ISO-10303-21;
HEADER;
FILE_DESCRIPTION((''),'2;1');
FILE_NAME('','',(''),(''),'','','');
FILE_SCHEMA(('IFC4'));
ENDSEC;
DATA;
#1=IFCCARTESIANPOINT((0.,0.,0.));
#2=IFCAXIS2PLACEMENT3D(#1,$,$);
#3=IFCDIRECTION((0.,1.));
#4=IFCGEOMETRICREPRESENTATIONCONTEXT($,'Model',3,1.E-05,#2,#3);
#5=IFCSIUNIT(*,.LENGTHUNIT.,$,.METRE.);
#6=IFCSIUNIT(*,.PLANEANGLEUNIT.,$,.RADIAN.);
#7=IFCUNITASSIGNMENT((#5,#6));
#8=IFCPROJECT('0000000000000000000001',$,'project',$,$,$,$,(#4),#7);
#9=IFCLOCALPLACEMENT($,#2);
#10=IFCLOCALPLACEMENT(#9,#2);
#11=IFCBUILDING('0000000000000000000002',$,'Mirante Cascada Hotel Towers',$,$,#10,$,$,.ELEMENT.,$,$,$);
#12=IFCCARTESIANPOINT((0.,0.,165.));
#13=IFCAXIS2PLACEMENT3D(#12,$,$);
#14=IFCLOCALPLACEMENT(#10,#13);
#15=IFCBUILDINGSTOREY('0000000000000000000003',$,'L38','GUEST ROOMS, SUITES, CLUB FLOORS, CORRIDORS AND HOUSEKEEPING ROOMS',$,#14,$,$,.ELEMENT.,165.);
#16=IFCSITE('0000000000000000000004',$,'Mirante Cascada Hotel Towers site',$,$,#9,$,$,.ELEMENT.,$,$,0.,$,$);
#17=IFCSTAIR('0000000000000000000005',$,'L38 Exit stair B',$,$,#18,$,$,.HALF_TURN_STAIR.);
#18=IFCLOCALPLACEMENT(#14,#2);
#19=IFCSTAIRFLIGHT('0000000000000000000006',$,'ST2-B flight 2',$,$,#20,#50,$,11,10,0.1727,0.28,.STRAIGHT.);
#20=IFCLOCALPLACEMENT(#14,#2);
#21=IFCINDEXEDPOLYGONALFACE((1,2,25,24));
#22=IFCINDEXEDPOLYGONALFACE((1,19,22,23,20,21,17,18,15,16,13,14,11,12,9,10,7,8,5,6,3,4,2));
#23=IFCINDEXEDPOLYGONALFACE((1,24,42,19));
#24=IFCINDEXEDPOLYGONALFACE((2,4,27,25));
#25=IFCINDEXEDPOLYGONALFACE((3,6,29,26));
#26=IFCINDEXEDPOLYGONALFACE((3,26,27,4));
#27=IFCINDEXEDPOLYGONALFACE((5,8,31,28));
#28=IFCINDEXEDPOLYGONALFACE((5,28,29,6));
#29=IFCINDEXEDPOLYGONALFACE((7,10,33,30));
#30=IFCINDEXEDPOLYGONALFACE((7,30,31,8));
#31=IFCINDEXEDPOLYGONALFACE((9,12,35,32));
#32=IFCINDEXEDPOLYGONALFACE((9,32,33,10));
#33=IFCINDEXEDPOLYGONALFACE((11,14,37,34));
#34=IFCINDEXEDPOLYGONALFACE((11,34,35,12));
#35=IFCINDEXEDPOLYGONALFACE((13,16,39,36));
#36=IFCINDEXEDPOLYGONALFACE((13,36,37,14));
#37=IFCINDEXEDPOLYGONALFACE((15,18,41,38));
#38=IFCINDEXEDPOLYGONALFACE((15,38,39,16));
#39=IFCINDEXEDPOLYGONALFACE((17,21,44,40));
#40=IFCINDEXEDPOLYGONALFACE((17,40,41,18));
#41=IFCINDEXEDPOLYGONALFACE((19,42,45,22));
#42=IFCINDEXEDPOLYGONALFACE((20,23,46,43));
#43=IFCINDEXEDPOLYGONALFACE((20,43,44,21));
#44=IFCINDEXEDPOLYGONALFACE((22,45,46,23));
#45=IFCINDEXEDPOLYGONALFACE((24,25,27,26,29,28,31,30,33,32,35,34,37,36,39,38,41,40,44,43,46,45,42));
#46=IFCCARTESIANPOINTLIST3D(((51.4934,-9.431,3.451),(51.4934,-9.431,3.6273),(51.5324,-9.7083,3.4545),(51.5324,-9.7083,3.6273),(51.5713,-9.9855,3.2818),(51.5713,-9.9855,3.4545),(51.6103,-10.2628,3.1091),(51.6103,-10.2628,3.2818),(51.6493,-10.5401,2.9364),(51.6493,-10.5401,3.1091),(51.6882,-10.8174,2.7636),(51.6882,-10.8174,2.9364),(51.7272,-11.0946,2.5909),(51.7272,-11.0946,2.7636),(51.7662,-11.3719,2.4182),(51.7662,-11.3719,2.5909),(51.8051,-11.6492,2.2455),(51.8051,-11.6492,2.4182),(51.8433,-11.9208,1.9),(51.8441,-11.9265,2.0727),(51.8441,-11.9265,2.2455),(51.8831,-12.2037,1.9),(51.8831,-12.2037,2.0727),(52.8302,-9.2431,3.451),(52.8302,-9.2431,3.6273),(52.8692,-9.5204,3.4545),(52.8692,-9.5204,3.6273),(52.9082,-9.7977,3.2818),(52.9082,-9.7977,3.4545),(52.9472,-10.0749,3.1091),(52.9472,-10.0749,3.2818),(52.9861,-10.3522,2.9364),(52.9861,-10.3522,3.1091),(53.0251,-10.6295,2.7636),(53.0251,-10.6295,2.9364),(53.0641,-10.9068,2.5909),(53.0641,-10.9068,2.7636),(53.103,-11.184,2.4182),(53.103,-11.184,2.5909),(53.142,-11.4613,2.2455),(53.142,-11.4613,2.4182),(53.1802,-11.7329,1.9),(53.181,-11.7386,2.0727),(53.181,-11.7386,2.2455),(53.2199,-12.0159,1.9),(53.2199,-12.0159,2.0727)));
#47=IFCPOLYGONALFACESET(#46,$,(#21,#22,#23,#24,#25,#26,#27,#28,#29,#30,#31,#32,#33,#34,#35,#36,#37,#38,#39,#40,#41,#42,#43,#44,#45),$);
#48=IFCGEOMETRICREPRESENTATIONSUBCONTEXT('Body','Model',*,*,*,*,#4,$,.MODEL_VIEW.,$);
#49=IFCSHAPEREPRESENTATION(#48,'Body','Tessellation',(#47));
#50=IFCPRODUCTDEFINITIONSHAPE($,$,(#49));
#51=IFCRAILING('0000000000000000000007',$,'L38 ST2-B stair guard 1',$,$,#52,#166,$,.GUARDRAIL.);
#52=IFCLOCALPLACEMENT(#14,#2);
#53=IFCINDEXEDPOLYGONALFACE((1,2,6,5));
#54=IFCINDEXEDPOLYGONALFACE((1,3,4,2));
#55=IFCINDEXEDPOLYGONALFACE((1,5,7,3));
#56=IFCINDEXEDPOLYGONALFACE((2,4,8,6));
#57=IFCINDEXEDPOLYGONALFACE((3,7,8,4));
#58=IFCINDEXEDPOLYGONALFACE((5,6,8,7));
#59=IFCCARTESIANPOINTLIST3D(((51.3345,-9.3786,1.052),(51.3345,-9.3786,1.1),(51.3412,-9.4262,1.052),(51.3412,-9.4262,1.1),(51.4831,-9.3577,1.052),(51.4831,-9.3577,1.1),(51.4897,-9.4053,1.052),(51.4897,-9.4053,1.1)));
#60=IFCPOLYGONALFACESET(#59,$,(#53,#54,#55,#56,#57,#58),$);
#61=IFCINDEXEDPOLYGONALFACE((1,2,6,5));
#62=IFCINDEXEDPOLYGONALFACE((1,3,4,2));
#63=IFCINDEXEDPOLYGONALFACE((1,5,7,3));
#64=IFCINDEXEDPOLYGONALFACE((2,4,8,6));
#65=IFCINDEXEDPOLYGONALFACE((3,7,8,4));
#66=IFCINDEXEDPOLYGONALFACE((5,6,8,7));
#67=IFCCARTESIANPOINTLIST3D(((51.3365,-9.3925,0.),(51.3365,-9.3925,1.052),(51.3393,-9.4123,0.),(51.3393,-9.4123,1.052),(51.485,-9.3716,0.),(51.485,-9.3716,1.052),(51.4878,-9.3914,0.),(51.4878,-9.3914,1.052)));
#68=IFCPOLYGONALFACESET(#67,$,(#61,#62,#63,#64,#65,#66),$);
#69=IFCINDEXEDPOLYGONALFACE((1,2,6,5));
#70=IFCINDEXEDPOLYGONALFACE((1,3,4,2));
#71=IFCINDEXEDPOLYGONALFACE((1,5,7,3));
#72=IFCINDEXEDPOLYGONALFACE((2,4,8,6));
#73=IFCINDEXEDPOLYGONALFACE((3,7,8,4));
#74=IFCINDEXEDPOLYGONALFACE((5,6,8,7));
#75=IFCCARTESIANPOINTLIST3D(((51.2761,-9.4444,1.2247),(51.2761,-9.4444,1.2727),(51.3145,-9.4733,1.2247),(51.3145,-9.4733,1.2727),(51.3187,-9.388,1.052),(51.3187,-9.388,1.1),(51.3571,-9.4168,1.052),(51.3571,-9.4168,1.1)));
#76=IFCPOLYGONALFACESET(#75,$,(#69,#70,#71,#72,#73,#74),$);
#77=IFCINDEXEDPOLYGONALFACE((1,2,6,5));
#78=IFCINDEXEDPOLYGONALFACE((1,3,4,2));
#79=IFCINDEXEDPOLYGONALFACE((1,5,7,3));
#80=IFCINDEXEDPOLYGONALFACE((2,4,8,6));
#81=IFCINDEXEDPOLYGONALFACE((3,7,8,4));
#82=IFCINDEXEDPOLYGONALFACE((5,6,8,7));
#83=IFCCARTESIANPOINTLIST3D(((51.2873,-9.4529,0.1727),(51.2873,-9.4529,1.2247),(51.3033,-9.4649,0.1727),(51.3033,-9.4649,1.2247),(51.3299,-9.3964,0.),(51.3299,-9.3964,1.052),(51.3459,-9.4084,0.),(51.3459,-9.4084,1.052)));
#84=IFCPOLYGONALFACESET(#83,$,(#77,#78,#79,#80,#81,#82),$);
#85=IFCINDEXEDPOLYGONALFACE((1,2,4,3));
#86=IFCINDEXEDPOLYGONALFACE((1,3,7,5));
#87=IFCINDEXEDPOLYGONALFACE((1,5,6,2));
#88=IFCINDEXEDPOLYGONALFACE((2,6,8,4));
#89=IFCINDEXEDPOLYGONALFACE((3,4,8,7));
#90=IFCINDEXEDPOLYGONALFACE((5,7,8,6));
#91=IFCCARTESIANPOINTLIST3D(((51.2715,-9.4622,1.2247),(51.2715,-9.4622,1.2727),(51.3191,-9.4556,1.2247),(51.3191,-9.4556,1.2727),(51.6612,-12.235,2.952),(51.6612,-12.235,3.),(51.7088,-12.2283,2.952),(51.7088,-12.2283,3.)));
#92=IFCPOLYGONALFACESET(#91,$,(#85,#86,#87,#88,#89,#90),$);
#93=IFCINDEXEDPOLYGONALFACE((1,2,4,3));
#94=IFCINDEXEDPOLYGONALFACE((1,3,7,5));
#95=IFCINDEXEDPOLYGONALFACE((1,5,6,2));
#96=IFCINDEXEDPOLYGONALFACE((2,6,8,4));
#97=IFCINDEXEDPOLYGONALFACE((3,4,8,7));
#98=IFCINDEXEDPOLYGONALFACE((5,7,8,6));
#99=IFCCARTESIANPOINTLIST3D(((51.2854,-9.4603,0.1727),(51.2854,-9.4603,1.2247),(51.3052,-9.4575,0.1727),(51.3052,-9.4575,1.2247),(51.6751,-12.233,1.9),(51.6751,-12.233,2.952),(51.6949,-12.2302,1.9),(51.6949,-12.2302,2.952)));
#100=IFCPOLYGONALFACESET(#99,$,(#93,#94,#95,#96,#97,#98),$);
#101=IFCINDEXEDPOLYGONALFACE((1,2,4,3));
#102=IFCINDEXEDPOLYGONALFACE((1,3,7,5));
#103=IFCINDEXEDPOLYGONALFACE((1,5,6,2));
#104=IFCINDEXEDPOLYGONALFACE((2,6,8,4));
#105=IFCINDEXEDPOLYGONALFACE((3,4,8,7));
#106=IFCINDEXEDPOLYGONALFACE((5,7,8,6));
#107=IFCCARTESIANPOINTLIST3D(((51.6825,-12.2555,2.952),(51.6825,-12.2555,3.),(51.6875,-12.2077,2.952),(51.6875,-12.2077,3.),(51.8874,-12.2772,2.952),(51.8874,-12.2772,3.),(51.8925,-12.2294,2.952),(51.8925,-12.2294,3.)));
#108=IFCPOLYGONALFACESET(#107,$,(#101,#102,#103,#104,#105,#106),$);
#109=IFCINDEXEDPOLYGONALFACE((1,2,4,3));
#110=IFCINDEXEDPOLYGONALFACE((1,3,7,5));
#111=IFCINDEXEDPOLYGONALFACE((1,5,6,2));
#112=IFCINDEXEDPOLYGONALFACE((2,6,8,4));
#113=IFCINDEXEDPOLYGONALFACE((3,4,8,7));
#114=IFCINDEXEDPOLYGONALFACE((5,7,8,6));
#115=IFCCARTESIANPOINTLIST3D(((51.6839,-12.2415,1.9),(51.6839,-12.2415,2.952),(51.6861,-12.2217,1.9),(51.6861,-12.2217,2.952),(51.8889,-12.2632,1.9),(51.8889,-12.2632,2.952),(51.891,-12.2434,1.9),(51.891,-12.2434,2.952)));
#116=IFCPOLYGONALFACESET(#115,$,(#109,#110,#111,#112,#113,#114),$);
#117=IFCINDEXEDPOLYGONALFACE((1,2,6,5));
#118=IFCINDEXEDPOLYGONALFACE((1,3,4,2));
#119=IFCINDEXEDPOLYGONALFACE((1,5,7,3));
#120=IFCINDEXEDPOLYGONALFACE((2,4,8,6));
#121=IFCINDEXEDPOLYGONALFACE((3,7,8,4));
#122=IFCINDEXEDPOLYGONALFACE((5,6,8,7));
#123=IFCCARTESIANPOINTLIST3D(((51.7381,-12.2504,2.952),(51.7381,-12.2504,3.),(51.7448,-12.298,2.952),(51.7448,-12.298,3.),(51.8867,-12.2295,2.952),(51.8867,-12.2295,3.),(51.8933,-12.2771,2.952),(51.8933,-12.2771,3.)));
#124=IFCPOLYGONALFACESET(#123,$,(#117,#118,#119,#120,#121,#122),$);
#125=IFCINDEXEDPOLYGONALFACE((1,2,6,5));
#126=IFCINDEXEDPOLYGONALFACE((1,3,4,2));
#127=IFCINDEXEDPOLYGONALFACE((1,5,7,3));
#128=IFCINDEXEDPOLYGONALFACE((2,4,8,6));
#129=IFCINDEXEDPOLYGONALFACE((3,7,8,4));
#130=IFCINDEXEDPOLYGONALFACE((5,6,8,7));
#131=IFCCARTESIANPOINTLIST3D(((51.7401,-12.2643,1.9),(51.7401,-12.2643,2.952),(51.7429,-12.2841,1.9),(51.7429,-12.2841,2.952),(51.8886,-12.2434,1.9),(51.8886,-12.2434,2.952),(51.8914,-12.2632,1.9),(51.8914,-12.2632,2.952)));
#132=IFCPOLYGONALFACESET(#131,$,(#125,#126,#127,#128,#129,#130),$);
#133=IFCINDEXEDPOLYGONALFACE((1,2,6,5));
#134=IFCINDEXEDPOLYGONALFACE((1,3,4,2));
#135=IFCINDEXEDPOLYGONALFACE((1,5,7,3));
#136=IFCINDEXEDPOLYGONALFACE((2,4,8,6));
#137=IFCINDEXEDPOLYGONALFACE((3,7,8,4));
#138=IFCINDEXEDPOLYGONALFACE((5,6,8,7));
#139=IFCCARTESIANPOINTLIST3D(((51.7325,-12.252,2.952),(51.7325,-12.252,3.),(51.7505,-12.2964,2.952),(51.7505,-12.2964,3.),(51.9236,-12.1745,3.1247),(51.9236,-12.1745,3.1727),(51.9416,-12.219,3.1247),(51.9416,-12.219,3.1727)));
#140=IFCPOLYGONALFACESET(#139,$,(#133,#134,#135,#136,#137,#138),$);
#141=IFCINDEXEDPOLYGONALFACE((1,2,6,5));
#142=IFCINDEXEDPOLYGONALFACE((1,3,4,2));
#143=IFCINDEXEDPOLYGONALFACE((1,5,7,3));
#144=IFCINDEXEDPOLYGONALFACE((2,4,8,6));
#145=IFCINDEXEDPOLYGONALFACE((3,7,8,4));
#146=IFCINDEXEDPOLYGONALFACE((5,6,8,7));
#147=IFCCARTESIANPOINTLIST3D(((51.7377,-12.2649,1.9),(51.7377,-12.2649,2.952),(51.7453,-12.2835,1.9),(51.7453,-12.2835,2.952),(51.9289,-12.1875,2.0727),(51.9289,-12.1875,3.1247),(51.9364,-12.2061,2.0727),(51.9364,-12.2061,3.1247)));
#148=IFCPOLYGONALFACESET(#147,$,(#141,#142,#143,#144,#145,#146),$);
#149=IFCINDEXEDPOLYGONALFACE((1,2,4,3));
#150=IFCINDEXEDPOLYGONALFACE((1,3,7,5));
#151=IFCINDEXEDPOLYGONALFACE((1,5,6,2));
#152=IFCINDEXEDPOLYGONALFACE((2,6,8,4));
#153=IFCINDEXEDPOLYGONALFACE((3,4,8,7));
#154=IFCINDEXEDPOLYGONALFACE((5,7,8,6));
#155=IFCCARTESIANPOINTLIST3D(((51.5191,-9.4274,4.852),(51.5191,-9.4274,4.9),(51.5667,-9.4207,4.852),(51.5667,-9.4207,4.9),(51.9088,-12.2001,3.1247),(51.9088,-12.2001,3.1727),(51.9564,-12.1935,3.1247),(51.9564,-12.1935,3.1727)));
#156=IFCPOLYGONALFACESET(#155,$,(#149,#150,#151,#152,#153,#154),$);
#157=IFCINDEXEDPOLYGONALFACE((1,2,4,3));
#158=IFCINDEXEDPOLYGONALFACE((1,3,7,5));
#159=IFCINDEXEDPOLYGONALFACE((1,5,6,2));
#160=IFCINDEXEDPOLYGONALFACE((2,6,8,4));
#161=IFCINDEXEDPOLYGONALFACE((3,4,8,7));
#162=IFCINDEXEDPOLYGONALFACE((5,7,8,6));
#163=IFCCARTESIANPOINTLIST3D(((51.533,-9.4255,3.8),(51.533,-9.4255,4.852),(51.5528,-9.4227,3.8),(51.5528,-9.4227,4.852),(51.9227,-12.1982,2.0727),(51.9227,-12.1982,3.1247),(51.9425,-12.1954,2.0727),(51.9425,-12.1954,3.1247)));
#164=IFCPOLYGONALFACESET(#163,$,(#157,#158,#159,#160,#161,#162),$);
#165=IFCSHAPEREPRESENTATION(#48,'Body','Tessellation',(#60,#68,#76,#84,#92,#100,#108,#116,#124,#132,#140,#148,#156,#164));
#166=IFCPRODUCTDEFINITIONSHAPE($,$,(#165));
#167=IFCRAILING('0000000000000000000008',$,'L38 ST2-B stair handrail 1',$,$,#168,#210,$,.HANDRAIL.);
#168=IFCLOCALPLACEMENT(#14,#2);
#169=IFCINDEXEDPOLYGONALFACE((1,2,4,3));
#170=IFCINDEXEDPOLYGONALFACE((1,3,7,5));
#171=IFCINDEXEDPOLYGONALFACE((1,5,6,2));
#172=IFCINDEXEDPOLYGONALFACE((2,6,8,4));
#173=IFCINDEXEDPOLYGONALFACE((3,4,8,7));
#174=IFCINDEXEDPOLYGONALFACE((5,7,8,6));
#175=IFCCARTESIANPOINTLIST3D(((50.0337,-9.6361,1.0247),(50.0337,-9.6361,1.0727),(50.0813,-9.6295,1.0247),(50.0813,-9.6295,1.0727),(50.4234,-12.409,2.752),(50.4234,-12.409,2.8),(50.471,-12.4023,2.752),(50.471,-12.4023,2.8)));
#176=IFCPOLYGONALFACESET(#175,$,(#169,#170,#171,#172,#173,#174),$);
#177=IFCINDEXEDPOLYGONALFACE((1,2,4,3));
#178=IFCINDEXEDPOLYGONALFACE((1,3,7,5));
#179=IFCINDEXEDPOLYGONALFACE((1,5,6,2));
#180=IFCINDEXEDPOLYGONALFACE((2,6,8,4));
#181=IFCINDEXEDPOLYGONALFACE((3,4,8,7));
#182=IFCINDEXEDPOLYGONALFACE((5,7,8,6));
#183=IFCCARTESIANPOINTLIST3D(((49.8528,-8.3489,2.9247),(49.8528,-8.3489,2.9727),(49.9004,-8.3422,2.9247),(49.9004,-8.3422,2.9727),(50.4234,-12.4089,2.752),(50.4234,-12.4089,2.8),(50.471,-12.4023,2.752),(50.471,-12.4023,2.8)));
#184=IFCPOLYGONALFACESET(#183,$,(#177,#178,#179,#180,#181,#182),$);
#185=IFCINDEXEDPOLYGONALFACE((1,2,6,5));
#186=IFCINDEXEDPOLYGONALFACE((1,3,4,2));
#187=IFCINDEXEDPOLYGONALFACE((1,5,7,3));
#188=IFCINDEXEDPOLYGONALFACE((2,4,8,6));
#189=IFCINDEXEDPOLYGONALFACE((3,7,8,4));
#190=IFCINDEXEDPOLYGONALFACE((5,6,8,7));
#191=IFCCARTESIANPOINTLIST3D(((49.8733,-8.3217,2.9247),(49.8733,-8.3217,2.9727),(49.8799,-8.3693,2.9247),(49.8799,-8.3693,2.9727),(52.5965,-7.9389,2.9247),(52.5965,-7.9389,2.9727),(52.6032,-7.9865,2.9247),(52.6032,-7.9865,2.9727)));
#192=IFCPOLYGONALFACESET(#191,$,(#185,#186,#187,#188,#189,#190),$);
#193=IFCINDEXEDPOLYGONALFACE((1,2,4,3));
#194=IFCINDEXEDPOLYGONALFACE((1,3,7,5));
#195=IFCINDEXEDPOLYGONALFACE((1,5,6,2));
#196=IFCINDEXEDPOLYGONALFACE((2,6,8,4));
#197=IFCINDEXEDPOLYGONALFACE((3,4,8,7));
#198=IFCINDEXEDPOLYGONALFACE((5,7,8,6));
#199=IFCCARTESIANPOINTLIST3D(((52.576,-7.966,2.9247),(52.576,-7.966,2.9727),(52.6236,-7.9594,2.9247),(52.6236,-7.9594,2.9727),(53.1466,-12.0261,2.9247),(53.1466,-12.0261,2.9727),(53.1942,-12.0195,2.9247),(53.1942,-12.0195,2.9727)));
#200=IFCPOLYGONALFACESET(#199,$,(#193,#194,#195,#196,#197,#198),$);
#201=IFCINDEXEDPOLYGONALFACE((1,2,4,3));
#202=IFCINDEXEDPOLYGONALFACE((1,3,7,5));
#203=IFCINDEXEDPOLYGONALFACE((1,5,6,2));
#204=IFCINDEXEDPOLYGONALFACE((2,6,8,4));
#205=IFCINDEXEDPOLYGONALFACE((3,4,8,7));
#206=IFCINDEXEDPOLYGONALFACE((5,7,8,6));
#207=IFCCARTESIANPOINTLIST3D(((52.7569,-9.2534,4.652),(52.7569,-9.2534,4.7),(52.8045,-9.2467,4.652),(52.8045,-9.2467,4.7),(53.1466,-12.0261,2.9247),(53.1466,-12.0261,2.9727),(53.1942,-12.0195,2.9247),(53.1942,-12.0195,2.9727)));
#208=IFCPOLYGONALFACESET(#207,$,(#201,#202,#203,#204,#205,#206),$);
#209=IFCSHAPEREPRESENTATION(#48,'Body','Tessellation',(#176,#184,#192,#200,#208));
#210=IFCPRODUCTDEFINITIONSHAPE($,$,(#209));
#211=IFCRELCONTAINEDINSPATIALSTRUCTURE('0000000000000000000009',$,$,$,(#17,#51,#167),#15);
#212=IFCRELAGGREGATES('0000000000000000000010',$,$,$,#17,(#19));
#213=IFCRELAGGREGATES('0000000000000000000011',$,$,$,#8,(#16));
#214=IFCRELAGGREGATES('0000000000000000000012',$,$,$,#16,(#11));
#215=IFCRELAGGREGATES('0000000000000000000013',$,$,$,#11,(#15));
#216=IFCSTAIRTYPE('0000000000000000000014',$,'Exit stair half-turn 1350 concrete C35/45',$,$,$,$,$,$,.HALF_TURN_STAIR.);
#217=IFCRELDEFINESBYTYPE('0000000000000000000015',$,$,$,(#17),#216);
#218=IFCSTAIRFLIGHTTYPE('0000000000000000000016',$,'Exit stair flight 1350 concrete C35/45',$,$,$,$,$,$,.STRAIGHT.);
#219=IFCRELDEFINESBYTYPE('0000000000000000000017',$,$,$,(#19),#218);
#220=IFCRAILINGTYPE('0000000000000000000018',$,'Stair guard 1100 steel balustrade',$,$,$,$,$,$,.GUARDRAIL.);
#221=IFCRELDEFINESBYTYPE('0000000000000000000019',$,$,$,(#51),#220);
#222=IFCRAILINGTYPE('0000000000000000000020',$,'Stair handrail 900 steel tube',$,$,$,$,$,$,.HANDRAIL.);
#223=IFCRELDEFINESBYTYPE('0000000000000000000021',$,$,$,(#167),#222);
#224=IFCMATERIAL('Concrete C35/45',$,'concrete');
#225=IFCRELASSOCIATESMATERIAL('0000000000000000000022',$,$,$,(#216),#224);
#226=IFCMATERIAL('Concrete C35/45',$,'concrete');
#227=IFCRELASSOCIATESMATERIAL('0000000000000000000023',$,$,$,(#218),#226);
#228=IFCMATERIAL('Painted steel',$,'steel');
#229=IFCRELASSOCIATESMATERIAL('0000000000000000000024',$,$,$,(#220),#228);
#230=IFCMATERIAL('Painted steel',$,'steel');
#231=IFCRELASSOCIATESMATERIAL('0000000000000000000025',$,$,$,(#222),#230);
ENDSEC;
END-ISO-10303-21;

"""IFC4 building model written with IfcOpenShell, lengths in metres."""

from ifc_helpers import new_model, si_unit, direction, frame, origin, origin_2d, place, context, subcontext, project, spatial, polyline, rectangle, outline, extrude, material, type_object, element, aggregate, save


model = new_model("IFC4")

# Units and contexts
model_context = context("Model", 3, precision=1e-05, world=origin(), true_north=direction((0.0, 1.0)))
body_context = subcontext(model_context, "Body", "Model", "MODEL_VIEW")
ifc_project = project(units=[si_unit("LENGTHUNIT", "METRE"), si_unit("PLANEANGLEUNIT", "RADIAN")], contexts=[model_context])

# Site, building, storey
site_placement = place(None, origin())
site = spatial("IfcSite", under=ifc_project, at=site_placement, Name="Mirante Cascada Hotel Towers site", CompositionType="ELEMENT", RefElevation=0.0)
building_placement = place(site_placement, origin())
building = spatial("IfcBuilding", under=site, at=building_placement, Name="Mirante Cascada Hotel Towers", CompositionType="ELEMENT")
storey_placement = place(building_placement, frame((0.0, 0.0, 165.0)))
storey = spatial("IfcBuildingStorey", under=building, at=storey_placement, Name="L38", Description="GUEST ROOMS, SUITES, CLUB FLOORS, CORRIDORS AND HOUSEKEEPING ROOMS", CompositionType="ELEMENT", Elevation=165.0)

# Stair, stair flight
ifc_material_1 = material(Name="Concrete C35/45", Category="concrete")
stair_type = type_object("IfcStairType", Name="Exit stair half-turn 1350 concrete C35/45", PredefinedType="HALF_TURN_STAIR", material=ifc_material_1)
stair_placement = place(storey_placement, origin())
stair = element("IfcStair", 1, at=stair_placement, inside=storey, type_object=stair_type, Name="L38 Exit stair B", PredefinedType="HALF_TURN_STAIR")
ifc_material_2 = material(Name="Concrete C35/45", Category="concrete")
stair_flight_type = type_object("IfcStairFlightType", Name="Exit stair flight 1350 concrete C35/45", PredefinedType="STRAIGHT", material=ifc_material_2)
stair_flight_1_placement = place(storey_placement, frame((52.5515, -12.1098, 1.9), z_axis=(0.0, 0.0, 1.0), x_axis=(-0.139173, 0.990268, 0.0)))
stair_flight_1 = element("IfcStairFlight", 2, at=stair_flight_1_placement, type_object=stair_flight_type, Name="ST2-B flight 2", NumberOfRisers=11, NumberOfTreads=10, PredefinedType="STRAIGHT", RiserHeight=0.1727, TreadLength=0.28, context=body_context, shape_type="SweptSolid", body=[
    extrude(outline(polyline([(0.0, 0.0), (0.0, 0.1727), (0.28, 0.1727), (0.28, 0.3455), (0.56, 0.3455), (0.56, 0.5182), (0.84, 0.5182), (0.84, 0.6909), (1.12, 0.6909), (1.12, 0.8636), (1.4, 0.8636), (1.4, 1.0364), (1.68, 1.0364), (1.68, 1.2091), (1.96, 1.2091), (1.96, 1.3818), (2.24, 1.3818), (2.24, 1.5545), (2.52, 1.5545), (2.52, 1.7273), (2.8, 1.7273), (2.8, 1.9), (2.8, 1.551), (0.2857, 0.0), (0.0, 0.0)])), frame((0.0, 0.675, 0.0), z_axis=(0.0, -1.0, 0.0), x_axis=(1.0, 0.0, 0.0)), (0.0, 0.0, 1.0), 1.35),
])
aggregate(stair, [stair_flight_1])

# Railings
ifc_material_3 = material(Name="Painted steel", Category="steel")
railing_type_1 = type_object("IfcRailingType", Name="Stair guard 1100 steel balustrade", PredefinedType="GUARDRAIL", material=ifc_material_3)
railing_1_placement = place(storey_placement, frame((51.4864, -9.3815, 0.0)))
element("IfcRailing", 3, at=railing_1_placement, inside=storey, type_object=railing_type_1, Name="L38 ST2-B stair guard 1", PredefinedType="GUARDRAIL", context=body_context, shape_type="SweptSolid", body=[
    extrude(rectangle(XDim=0.048, YDim=0.048, at=origin_2d()), frame((0.0, 0.0, 1.076), z_axis=(-0.990241, -0.139367, 0.0), x_axis=(0.139367, -0.990241, 0.0)), (0.0, 0.0, 1.0), 0.15),
    extrude(rectangle(XDim=0.02, YDim=1.052, at=origin_2d()), frame((0.0, 0.0, 0.526), z_axis=(-0.990241, -0.139367, 0.0), x_axis=(0.139367, -0.990241, 0.0)), (0.0, 0.0, 1.0), 0.15),
    extrude(rectangle(XDim=0.048, YDim=0.048, at=origin_2d()), frame((-0.1485, -0.0209, 1.076), z_axis=(-0.602033, -0.798471, 0.0), x_axis=(0.798471, -0.602033, 0.0)), (0.0, 0.92534, 0.379139), 0.1866),
    extrude(rectangle(XDim=0.02, YDim=1.052, at=origin_2d()), frame((-0.1485, -0.0209, 0.526), z_axis=(-0.602033, -0.798471, 0.0), x_axis=(0.798471, -0.602033, 0.0)), (0.0, 0.92534, 0.379139), 0.1866),
    extrude(rectangle(XDim=0.048, YDim=0.048, at=origin_2d()), frame((-0.1911, -0.0774, 1.2487), z_axis=(0.139181, -0.990267, 0.0), x_axis=(0.990267, 0.139181, 0.0)), (0.0, 0.525035, 0.851081), 3.2899),
    extrude(rectangle(XDim=0.02, YDim=1.052, at=origin_2d()), frame((-0.1911, -0.0774, 0.6987), z_axis=(0.139181, -0.990267, 0.0), x_axis=(0.990267, 0.139181, 0.0)), (0.0, 0.525035, 0.851081), 3.2899),
    extrude(rectangle(XDim=0.048, YDim=0.048, at=origin_2d()), frame((0.1986, -2.8501, 2.976), z_axis=(0.994444, -0.105266, 0.0), x_axis=(0.105266, 0.994444, 0.0)), (0.0, 0.0, 1.0), 0.2061),
    extrude(rectangle(XDim=0.02, YDim=1.052, at=origin_2d()), frame((0.1986, -2.8501, 2.426), z_axis=(0.994444, -0.105266, 0.0), x_axis=(0.105266, 0.994444, 0.0)), (0.0, 0.0, 1.0), 0.2061),
    extrude(rectangle(XDim=0.048, YDim=0.048, at=origin_2d()), frame((0.4036, -2.8718, 2.976), z_axis=(-0.990241, -0.139367, 0.0), x_axis=(0.139367, -0.990241, 0.0)), (0.0, 0.0, 1.0), 0.15),
    extrude(rectangle(XDim=0.02, YDim=1.052, at=origin_2d()), frame((0.4036, -2.8718, 2.426), z_axis=(-0.990241, -0.139367, 0.0), x_axis=(0.139367, -0.990241, 0.0)), (0.0, 0.0, 1.0), 0.15),
    extrude(rectangle(XDim=0.048, YDim=0.048, at=origin_2d()), frame((0.2551, -2.8927, 2.976), z_axis=(0.926862, 0.375401, 0.0), x_axis=(-0.375401, 0.926862, 0.0)), (0.0, 0.642122, 0.766603), 0.269),
    extrude(rectangle(XDim=0.02, YDim=1.052, at=origin_2d()), frame((0.2551, -2.8927, 2.426), z_axis=(0.926862, 0.375401, 0.0), x_axis=(-0.375401, 0.926862, 0.0)), (0.0, 0.642122, 0.766603), 0.269),
    extrude(rectangle(XDim=0.048, YDim=0.048, at=origin_2d()), frame((0.4462, -2.8153, 3.1487), z_axis=(-0.139181, 0.990267, 0.0), x_axis=(-0.990267, -0.139181, 0.0)), (0.0, 0.525035, 0.851081), 3.2899),
    extrude(rectangle(XDim=0.02, YDim=1.052, at=origin_2d()), frame((0.4462, -2.8153, 2.5987), z_axis=(-0.139181, 0.990267, 0.0), x_axis=(-0.990267, -0.139181, 0.0)), (0.0, 0.525035, 0.851081), 3.2899),
])
ifc_material_4 = material(Name="Painted steel", Category="steel")
railing_type_2 = type_object("IfcRailingType", Name="Stair handrail 900 steel tube", PredefinedType="HANDRAIL", material=ifc_material_4)
railing_2_placement = place(storey_placement, frame((50.0575, -9.6328, 0.1727)))
element("IfcRailing", 4, at=railing_2_placement, inside=storey, type_object=railing_type_2, Name="L38 ST2-B stair handrail 1", PredefinedType="HANDRAIL", context=body_context, shape_type="SweptSolid", body=[
    extrude(rectangle(XDim=0.048, YDim=0.048, at=origin_2d()), frame((0.0, 0.0, 0.876), z_axis=(0.139176, -0.990268, 0.0), x_axis=(0.990268, 0.139176, 0.0)), (0.0, 0.525021, 0.851089), 3.29),
    extrude(rectangle(XDim=0.048, YDim=0.048, at=origin_2d()), frame((0.3897, -2.7728, 2.6033), z_axis=(-0.139171, 0.990268, 0.0), x_axis=(-0.990268, -0.139171, 0.0)), (0.0, 0.042085, 0.999114), 4.1036),
    extrude(rectangle(XDim=0.048, YDim=0.048, at=origin_2d()), frame((-0.1809, 1.2873, 2.776), z_axis=(0.990264, 0.139201, 0.0), x_axis=(-0.139201, 0.990264, 0.0)), (0.0, 0.0, 1.0), 2.75),
    extrude(rectangle(XDim=0.048, YDim=0.048, at=origin_2d()), frame((2.5423, 1.6701, 2.776), z_axis=(0.139171, -0.990268, 0.0), x_axis=(0.990268, 0.139171, 0.0)), (0.0, 0.0, 1.0), 4.1),
    extrude(rectangle(XDim=0.048, YDim=0.048, at=origin_2d()), frame((3.1129, -2.39, 2.776), z_axis=(-0.139181, 0.990267, 0.0), x_axis=(-0.990267, -0.139181, 0.0)), (0.0, 0.525035, 0.851081), 3.2899),
])

save(model, "model.ifc")
